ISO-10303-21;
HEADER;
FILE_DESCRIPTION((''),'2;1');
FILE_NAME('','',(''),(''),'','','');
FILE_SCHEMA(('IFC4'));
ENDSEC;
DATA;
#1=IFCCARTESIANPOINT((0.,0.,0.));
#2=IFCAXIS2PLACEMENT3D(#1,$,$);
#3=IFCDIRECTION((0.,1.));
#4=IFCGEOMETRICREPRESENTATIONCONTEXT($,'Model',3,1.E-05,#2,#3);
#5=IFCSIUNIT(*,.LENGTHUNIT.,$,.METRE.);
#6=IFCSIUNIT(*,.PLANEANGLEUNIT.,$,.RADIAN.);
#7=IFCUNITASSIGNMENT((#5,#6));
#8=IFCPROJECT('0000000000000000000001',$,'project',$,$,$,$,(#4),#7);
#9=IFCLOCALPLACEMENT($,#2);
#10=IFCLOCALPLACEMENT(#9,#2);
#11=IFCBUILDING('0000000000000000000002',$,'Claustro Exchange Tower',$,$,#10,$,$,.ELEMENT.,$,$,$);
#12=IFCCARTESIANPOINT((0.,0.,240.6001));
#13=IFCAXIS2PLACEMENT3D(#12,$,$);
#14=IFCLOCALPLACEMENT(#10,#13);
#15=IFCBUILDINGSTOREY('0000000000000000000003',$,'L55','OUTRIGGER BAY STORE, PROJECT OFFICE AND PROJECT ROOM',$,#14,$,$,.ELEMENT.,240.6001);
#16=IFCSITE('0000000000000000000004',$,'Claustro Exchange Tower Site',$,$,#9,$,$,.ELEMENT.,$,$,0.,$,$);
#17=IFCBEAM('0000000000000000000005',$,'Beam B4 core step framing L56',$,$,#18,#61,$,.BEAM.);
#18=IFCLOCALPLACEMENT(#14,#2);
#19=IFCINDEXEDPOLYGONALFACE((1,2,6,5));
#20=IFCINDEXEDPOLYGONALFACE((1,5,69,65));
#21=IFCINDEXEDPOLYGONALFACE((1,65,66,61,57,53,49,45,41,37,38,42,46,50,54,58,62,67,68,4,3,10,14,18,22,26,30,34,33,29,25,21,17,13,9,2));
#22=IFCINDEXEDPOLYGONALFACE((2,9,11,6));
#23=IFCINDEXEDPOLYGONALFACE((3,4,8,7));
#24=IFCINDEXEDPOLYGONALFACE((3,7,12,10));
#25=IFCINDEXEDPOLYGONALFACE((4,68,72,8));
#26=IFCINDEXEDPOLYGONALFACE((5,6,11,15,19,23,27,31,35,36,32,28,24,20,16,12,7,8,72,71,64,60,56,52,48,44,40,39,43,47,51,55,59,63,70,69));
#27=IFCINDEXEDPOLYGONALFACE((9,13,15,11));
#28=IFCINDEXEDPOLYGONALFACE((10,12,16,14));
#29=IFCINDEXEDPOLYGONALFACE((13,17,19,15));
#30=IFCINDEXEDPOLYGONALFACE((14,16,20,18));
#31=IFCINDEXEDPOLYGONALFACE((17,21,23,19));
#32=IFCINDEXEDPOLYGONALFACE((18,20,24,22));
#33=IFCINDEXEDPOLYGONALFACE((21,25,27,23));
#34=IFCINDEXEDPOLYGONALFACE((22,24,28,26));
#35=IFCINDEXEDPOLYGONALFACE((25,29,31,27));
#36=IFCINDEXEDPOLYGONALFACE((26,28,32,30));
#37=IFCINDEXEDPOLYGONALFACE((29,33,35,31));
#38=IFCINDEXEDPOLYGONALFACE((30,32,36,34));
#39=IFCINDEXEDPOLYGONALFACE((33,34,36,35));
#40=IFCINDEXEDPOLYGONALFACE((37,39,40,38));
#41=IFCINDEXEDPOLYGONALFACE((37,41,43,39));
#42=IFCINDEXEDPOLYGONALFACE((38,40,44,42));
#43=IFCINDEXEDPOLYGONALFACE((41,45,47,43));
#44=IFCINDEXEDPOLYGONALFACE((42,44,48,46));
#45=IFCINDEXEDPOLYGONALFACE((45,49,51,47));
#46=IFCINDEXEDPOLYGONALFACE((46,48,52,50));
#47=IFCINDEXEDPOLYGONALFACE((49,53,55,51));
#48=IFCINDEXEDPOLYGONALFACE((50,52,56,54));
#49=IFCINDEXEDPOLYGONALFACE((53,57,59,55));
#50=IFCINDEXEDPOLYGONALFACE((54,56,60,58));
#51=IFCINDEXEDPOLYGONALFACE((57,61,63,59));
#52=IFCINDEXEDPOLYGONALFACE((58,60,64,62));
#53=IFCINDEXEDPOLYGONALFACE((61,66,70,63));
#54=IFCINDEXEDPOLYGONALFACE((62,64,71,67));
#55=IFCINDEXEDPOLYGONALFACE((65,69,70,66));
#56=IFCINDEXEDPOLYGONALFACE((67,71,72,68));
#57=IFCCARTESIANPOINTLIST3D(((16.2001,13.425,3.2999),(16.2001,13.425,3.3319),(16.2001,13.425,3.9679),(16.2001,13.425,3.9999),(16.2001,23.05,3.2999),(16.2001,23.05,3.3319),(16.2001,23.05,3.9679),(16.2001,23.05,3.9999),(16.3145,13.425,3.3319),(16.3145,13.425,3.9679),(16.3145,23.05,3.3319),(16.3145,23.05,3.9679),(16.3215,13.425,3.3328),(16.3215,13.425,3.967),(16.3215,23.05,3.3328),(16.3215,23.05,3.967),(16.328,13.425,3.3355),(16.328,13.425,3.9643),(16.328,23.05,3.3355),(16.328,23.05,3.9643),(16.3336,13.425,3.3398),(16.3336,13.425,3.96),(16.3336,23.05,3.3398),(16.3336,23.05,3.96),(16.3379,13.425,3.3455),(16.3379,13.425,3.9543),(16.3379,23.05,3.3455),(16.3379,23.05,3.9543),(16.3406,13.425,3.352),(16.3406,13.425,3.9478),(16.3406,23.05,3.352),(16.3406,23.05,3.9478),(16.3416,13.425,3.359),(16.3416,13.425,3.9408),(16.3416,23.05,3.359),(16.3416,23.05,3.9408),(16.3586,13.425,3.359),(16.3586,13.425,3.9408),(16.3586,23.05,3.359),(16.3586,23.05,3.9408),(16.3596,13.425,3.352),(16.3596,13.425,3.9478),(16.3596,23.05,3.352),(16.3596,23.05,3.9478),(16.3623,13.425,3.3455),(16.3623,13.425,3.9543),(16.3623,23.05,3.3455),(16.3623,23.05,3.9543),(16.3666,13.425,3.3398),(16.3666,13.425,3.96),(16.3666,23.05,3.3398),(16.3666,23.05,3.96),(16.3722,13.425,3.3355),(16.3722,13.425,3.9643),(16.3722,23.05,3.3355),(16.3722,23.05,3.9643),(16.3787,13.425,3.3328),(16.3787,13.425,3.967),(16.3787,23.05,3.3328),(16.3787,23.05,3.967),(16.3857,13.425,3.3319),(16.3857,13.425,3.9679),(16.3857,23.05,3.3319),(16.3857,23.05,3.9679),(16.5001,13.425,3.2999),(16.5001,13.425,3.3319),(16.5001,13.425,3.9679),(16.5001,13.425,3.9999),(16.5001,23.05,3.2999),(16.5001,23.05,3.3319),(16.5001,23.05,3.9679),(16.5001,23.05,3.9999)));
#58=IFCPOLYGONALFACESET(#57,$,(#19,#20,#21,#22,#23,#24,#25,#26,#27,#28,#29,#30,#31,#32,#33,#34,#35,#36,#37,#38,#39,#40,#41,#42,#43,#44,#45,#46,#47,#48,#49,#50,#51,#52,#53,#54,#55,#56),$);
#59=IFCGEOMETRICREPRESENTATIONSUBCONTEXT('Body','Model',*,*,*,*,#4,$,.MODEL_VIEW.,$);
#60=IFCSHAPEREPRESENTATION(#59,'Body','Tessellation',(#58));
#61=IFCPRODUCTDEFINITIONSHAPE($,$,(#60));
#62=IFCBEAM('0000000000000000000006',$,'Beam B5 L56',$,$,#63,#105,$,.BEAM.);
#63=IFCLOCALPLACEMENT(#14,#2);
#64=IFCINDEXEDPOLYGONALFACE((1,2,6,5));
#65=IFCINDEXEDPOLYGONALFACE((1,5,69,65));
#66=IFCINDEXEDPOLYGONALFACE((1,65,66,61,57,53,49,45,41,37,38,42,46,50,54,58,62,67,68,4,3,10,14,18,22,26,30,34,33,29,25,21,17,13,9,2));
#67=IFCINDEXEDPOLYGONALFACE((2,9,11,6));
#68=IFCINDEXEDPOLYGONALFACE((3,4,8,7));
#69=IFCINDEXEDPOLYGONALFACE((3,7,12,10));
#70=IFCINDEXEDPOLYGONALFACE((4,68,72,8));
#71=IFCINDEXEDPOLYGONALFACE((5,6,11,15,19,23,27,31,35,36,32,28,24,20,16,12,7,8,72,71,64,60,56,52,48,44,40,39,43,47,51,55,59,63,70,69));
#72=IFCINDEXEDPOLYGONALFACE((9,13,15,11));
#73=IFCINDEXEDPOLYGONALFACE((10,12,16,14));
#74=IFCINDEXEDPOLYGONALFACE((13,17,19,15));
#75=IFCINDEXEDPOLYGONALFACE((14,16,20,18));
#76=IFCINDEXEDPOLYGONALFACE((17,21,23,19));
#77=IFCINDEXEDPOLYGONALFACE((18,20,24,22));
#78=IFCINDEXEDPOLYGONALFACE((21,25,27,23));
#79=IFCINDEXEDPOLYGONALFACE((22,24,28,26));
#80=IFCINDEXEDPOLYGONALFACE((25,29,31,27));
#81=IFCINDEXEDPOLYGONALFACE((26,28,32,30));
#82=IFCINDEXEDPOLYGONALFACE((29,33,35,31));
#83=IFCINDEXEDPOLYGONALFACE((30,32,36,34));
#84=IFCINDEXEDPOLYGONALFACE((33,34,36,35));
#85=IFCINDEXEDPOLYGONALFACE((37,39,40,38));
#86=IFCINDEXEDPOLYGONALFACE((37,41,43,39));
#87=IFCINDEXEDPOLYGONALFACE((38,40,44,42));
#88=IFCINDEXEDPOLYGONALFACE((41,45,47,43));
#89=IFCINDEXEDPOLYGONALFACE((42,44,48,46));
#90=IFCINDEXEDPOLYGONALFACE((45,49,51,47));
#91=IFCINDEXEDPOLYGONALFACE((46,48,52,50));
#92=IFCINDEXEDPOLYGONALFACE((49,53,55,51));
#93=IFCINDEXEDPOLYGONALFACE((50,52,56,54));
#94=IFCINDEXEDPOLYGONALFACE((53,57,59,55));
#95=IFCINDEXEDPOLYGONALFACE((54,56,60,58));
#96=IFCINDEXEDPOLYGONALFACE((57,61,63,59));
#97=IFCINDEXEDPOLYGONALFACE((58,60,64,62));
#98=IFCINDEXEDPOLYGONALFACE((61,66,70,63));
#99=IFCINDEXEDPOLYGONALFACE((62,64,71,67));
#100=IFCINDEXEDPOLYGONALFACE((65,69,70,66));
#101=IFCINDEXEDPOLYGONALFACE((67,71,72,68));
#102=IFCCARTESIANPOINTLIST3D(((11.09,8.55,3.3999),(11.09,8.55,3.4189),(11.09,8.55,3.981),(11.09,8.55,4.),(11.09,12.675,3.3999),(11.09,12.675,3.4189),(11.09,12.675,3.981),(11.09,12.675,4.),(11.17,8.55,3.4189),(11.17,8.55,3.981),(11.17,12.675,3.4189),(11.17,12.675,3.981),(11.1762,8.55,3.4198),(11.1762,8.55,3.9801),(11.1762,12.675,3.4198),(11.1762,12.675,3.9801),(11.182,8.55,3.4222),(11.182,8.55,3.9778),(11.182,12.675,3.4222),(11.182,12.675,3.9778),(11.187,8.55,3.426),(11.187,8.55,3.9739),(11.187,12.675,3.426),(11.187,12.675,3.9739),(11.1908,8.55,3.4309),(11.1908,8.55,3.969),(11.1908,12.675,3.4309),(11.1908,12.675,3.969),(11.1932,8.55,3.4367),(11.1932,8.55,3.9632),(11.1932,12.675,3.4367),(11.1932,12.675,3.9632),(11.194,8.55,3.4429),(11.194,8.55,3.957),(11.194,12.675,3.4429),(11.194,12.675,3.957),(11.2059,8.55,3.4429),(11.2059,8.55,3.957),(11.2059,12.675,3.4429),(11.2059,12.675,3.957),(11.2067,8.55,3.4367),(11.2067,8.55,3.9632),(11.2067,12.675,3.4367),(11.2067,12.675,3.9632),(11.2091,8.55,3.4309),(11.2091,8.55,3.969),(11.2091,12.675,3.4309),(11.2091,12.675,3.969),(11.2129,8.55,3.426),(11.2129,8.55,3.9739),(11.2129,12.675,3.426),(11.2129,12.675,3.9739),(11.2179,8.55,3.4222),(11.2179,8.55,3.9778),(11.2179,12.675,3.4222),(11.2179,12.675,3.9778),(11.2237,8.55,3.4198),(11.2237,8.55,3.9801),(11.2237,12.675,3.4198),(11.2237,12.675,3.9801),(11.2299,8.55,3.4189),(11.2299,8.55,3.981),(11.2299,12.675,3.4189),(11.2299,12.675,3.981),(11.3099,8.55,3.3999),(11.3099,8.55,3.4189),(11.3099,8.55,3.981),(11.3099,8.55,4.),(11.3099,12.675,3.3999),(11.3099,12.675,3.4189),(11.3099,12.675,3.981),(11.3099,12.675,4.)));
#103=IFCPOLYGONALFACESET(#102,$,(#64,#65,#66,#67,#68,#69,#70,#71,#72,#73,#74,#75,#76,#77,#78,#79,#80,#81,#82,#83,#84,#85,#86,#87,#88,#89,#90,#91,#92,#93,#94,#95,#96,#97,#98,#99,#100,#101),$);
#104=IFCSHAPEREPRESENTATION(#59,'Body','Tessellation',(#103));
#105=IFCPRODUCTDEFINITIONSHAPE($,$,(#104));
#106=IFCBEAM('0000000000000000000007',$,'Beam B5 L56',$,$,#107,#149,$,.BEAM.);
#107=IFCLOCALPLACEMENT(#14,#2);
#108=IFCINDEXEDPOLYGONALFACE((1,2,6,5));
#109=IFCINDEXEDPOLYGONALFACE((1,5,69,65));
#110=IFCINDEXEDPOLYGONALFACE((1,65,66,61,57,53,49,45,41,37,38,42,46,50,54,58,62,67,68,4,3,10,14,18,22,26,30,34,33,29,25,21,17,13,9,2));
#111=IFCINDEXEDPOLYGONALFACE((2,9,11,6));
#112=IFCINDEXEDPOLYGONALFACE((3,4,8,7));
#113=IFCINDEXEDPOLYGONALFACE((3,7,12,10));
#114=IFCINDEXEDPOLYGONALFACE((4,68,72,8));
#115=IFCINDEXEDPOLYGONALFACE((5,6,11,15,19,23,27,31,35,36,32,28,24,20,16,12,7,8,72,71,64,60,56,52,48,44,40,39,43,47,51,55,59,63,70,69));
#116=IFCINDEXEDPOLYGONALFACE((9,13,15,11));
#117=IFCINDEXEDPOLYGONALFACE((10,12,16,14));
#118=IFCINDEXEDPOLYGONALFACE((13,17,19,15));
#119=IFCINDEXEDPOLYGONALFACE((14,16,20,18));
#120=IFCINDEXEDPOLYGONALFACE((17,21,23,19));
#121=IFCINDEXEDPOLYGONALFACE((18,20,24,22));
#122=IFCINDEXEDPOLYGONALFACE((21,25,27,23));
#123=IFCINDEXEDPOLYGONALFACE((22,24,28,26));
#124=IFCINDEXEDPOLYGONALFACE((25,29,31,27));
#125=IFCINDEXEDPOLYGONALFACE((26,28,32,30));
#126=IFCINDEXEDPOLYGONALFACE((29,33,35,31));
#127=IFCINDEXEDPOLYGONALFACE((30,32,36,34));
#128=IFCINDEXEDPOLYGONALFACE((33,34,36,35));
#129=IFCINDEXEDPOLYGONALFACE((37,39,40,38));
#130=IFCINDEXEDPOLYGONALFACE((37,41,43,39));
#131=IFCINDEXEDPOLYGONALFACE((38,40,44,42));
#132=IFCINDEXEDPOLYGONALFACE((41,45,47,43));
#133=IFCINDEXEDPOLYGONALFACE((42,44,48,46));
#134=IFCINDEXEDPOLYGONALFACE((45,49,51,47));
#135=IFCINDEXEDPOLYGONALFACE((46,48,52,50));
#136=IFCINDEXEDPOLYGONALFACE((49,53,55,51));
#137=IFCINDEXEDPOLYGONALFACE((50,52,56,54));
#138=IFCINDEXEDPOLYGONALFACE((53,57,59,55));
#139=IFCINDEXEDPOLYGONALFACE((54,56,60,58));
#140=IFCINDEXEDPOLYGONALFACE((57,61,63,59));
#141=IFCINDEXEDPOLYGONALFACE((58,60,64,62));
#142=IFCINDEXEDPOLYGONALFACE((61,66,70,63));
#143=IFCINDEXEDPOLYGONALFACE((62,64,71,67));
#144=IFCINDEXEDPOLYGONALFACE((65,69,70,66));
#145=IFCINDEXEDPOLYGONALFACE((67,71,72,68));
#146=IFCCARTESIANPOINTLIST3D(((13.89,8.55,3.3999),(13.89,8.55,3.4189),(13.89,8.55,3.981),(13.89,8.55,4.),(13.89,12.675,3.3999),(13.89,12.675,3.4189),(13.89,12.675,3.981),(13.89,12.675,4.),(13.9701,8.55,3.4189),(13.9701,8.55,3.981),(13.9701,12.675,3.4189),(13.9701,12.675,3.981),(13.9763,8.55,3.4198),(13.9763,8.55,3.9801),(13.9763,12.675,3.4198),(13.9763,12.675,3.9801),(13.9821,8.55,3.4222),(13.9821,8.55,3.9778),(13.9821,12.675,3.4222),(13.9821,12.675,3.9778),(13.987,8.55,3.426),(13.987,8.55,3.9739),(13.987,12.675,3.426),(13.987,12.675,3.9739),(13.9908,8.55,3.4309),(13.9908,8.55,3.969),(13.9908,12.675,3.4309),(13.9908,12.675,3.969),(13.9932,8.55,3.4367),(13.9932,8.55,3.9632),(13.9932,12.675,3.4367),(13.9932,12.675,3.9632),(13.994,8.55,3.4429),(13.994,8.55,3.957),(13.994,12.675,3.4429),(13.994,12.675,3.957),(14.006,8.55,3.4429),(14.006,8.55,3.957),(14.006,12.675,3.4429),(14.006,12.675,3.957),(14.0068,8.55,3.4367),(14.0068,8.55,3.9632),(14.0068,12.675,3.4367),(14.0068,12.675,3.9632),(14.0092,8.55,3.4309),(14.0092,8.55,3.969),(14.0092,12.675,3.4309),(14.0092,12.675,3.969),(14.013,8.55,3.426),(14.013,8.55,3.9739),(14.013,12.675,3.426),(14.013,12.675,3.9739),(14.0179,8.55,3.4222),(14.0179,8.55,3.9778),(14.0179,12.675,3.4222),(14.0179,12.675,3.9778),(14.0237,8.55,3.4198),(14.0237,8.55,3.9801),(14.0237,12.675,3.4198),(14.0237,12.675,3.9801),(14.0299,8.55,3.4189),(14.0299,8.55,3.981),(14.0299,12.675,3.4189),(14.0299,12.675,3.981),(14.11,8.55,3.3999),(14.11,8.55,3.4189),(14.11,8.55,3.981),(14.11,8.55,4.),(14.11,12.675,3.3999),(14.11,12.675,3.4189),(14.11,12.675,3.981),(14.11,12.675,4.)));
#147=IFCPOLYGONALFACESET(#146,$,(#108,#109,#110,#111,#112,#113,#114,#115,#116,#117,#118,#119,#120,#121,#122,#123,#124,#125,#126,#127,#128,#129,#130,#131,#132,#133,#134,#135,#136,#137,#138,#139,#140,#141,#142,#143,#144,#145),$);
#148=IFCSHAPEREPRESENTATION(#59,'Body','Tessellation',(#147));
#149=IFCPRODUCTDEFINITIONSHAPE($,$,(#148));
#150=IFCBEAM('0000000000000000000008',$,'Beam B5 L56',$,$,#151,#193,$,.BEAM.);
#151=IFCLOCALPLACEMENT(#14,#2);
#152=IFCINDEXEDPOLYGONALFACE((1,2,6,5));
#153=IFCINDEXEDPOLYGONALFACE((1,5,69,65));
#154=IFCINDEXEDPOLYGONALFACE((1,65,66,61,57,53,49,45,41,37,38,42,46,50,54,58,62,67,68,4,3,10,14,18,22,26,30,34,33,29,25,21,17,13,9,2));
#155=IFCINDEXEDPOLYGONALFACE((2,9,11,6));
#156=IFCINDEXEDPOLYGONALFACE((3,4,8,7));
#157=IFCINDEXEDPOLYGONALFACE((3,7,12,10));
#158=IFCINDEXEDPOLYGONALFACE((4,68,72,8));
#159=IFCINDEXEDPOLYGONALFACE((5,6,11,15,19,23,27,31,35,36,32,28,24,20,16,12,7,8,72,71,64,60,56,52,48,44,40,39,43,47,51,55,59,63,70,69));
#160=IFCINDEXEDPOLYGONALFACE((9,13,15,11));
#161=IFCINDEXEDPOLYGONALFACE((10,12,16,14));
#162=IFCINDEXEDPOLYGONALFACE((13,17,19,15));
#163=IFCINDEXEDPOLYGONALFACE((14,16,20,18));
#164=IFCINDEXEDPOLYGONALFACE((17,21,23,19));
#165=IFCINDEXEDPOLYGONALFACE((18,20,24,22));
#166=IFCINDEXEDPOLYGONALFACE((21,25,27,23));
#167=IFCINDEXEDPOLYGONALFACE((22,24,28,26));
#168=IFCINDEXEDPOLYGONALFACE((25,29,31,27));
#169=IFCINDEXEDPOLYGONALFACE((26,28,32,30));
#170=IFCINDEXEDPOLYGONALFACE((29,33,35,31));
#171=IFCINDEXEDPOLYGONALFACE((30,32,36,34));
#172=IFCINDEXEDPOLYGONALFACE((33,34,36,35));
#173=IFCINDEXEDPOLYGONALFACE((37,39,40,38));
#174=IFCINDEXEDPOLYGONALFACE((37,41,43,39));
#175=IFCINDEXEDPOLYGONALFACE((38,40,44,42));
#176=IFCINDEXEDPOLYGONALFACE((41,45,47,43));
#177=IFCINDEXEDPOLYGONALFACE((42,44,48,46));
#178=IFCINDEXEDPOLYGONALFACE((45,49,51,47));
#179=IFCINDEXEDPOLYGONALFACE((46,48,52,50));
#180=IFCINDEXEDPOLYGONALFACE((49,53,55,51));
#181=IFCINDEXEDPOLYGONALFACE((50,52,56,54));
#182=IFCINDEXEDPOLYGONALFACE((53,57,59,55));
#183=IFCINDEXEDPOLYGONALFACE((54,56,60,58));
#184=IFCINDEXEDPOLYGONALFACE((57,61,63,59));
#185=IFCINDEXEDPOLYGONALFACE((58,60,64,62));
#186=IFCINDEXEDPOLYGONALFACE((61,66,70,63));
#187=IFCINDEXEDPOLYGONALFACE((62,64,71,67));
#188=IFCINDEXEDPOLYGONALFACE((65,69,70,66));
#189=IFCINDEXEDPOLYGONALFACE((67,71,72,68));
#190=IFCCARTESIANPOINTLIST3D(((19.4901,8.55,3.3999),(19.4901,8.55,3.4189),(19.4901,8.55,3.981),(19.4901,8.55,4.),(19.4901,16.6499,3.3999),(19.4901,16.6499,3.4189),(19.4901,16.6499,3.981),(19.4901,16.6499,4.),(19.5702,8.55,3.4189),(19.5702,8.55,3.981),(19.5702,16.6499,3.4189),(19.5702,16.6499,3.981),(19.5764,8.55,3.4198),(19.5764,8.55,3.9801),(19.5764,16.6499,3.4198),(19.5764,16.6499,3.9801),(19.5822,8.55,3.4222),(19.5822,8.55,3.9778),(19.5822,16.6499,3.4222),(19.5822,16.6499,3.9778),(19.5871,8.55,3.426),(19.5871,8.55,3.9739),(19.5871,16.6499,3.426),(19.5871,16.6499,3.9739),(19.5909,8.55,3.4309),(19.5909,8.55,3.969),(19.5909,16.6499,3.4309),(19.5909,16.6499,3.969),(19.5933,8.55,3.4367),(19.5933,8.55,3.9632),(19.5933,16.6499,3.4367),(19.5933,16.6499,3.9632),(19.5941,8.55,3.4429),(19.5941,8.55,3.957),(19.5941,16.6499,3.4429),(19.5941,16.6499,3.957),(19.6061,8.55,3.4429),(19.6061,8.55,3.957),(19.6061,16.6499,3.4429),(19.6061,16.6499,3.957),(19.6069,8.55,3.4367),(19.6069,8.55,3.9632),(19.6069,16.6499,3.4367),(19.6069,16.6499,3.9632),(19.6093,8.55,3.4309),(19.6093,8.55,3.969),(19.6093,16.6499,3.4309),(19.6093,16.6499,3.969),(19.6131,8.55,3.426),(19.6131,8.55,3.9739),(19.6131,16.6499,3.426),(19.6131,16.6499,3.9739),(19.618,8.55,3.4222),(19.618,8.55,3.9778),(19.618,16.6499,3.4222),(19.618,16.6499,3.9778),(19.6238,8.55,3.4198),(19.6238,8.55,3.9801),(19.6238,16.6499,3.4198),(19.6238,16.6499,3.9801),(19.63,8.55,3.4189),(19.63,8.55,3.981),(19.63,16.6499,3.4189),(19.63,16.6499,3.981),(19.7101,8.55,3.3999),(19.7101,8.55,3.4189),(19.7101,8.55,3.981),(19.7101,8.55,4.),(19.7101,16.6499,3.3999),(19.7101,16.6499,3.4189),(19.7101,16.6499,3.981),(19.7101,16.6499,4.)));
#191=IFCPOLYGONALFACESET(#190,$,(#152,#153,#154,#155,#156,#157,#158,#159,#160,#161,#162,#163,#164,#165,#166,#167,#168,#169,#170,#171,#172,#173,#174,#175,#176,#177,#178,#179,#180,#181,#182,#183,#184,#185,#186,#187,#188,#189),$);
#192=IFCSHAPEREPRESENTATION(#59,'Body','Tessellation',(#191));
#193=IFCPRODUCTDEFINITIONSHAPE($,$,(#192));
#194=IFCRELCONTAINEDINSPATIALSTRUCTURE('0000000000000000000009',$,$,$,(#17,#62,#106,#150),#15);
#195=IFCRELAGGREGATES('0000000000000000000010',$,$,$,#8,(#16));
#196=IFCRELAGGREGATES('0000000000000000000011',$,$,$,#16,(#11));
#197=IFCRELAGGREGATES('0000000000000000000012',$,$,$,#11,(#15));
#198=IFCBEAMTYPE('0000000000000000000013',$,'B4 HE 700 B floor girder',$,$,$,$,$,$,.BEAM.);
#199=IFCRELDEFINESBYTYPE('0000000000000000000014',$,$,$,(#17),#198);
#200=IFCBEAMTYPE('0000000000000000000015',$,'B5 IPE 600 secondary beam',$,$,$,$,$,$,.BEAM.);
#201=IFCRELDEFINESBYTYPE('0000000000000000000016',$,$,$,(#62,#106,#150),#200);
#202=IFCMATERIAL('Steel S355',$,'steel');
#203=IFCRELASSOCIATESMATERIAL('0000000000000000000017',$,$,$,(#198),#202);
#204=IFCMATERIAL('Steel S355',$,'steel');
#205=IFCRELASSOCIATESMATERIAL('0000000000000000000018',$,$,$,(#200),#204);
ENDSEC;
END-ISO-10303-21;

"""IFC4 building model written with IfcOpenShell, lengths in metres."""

from ifc_helpers import new_model, si_unit, direction, frame, origin, origin_2d, place, context, subcontext, project, spatial, i_section, extrude, material, material_profile, profile_set, type_object, element, save


model = new_model("IFC4")

# Units and contexts
model_context = context("Model", 3, precision=1e-05, world=origin(), true_north=direction((0.0, 1.0)))
body_context = subcontext(model_context, "Body", "Model", "MODEL_VIEW")
ifc_project = project(units=[si_unit("LENGTHUNIT", "METRE"), si_unit("PLANEANGLEUNIT", "RADIAN")], contexts=[model_context])

# Site, building, storey
site_placement = place(None, origin())
site = spatial("IfcSite", under=ifc_project, at=site_placement, Name="Claustro Exchange Tower Site", CompositionType="ELEMENT", RefElevation=0.0)
building_placement = place(site_placement, origin())
building = spatial("IfcBuilding", under=site, at=building_placement, Name="Claustro Exchange Tower", CompositionType="ELEMENT")
storey_placement = place(building_placement, frame((0.0, 0.0, 240.6001)))
storey = spatial("IfcBuildingStorey", under=building, at=storey_placement, Name="L55", Description="OUTRIGGER BAY STORE, PROJECT OFFICE AND PROJECT ROOM", CompositionType="ELEMENT", Elevation=240.6001)

# Beams
ifc_material_1 = material(Name="Steel S355", Category="steel")
ifc_material_profile_1 = material_profile(ifc_material_1, i_section(OverallWidth=0.3, OverallDepth=0.7, WebThickness=0.0171, FlangeThickness=0.032, FilletRadius=0.0271, at=origin_2d()), Name="HE 700 B")
ifc_profile_set_1 = profile_set([ifc_material_profile_1], Name="Steel S355")
beam_type_1 = type_object("IfcBeamType", Name="B4 HE 700 B floor girder", PredefinedType="BEAM", material=ifc_profile_set_1)
beam_1_placement = place(storey_placement, frame((16.3501, 13.425, 3.6499), z_axis=(0.0, 1.0, 0.0), x_axis=(-1.0, 0.0, 0.0)))
element("IfcBeam", 1, at=beam_1_placement, inside=storey, type_object=beam_type_1, Name="Beam B4 core step framing L56", PredefinedType="BEAM", context=body_context, shape_type="SweptSolid", body=[
    extrude(i_section(OverallWidth=0.3, OverallDepth=0.7, WebThickness=0.0171, FlangeThickness=0.032, FilletRadius=0.0271, at=origin_2d()), origin(), (0.0, 0.0, 1.0), 9.625),
])
ifc_material_2 = material(Name="Steel S355", Category="steel")
ifc_material_profile_2 = material_profile(ifc_material_2, i_section(OverallWidth=0.22, OverallDepth=0.6001, WebThickness=0.012, FlangeThickness=0.019, FilletRadius=0.0239, at=origin_2d()), Name="IPE 600")
ifc_profile_set_2 = profile_set([ifc_material_profile_2], Name="Steel S355")
beam_type_2 = type_object("IfcBeamType", Name="B5 IPE 600 secondary beam", PredefinedType="BEAM", material=ifc_profile_set_2)
for number, where, z_axis, x_axis, name in (
    (2, (11.2, 8.55, 3.7), (0.0, 1.0, 0.0), (-1.0, 0.0, 0.0), "Beam B5 L56"),
    (3, (14.0, 8.55, 3.7), (0.0, 1.0, 0.0), (-1.0, 0.0, 0.0), "Beam B5 L56"),
):
    element("IfcBeam", number, at=place(storey_placement, frame(where, z_axis=z_axis, x_axis=x_axis)), inside=storey, type_object=beam_type_2, Name=name, PredefinedType="BEAM", context=body_context, shape_type="SweptSolid", body=[
        extrude(i_section(OverallWidth=0.22, OverallDepth=0.6001, WebThickness=0.012, FlangeThickness=0.019, FilletRadius=0.0239, at=origin_2d()), origin(), (0.0, 0.0, 1.0), 4.125),
    ])
beam_2_placement = place(storey_placement, frame((19.6001, 8.55, 3.7), z_axis=(0.0, 1.0, 0.0), x_axis=(-1.0, 0.0, 0.0)))
element("IfcBeam", 4, at=beam_2_placement, inside=storey, type_object=beam_type_2, Name="Beam B5 L56", PredefinedType="BEAM", context=body_context, shape_type="SweptSolid", body=[
    extrude(i_section(OverallWidth=0.22, OverallDepth=0.6001, WebThickness=0.012, FlangeThickness=0.019, FilletRadius=0.0239, at=origin_2d()), origin(), (0.0, 0.0, 1.0), 8.0999),
])

save(model, "model.ifc")
